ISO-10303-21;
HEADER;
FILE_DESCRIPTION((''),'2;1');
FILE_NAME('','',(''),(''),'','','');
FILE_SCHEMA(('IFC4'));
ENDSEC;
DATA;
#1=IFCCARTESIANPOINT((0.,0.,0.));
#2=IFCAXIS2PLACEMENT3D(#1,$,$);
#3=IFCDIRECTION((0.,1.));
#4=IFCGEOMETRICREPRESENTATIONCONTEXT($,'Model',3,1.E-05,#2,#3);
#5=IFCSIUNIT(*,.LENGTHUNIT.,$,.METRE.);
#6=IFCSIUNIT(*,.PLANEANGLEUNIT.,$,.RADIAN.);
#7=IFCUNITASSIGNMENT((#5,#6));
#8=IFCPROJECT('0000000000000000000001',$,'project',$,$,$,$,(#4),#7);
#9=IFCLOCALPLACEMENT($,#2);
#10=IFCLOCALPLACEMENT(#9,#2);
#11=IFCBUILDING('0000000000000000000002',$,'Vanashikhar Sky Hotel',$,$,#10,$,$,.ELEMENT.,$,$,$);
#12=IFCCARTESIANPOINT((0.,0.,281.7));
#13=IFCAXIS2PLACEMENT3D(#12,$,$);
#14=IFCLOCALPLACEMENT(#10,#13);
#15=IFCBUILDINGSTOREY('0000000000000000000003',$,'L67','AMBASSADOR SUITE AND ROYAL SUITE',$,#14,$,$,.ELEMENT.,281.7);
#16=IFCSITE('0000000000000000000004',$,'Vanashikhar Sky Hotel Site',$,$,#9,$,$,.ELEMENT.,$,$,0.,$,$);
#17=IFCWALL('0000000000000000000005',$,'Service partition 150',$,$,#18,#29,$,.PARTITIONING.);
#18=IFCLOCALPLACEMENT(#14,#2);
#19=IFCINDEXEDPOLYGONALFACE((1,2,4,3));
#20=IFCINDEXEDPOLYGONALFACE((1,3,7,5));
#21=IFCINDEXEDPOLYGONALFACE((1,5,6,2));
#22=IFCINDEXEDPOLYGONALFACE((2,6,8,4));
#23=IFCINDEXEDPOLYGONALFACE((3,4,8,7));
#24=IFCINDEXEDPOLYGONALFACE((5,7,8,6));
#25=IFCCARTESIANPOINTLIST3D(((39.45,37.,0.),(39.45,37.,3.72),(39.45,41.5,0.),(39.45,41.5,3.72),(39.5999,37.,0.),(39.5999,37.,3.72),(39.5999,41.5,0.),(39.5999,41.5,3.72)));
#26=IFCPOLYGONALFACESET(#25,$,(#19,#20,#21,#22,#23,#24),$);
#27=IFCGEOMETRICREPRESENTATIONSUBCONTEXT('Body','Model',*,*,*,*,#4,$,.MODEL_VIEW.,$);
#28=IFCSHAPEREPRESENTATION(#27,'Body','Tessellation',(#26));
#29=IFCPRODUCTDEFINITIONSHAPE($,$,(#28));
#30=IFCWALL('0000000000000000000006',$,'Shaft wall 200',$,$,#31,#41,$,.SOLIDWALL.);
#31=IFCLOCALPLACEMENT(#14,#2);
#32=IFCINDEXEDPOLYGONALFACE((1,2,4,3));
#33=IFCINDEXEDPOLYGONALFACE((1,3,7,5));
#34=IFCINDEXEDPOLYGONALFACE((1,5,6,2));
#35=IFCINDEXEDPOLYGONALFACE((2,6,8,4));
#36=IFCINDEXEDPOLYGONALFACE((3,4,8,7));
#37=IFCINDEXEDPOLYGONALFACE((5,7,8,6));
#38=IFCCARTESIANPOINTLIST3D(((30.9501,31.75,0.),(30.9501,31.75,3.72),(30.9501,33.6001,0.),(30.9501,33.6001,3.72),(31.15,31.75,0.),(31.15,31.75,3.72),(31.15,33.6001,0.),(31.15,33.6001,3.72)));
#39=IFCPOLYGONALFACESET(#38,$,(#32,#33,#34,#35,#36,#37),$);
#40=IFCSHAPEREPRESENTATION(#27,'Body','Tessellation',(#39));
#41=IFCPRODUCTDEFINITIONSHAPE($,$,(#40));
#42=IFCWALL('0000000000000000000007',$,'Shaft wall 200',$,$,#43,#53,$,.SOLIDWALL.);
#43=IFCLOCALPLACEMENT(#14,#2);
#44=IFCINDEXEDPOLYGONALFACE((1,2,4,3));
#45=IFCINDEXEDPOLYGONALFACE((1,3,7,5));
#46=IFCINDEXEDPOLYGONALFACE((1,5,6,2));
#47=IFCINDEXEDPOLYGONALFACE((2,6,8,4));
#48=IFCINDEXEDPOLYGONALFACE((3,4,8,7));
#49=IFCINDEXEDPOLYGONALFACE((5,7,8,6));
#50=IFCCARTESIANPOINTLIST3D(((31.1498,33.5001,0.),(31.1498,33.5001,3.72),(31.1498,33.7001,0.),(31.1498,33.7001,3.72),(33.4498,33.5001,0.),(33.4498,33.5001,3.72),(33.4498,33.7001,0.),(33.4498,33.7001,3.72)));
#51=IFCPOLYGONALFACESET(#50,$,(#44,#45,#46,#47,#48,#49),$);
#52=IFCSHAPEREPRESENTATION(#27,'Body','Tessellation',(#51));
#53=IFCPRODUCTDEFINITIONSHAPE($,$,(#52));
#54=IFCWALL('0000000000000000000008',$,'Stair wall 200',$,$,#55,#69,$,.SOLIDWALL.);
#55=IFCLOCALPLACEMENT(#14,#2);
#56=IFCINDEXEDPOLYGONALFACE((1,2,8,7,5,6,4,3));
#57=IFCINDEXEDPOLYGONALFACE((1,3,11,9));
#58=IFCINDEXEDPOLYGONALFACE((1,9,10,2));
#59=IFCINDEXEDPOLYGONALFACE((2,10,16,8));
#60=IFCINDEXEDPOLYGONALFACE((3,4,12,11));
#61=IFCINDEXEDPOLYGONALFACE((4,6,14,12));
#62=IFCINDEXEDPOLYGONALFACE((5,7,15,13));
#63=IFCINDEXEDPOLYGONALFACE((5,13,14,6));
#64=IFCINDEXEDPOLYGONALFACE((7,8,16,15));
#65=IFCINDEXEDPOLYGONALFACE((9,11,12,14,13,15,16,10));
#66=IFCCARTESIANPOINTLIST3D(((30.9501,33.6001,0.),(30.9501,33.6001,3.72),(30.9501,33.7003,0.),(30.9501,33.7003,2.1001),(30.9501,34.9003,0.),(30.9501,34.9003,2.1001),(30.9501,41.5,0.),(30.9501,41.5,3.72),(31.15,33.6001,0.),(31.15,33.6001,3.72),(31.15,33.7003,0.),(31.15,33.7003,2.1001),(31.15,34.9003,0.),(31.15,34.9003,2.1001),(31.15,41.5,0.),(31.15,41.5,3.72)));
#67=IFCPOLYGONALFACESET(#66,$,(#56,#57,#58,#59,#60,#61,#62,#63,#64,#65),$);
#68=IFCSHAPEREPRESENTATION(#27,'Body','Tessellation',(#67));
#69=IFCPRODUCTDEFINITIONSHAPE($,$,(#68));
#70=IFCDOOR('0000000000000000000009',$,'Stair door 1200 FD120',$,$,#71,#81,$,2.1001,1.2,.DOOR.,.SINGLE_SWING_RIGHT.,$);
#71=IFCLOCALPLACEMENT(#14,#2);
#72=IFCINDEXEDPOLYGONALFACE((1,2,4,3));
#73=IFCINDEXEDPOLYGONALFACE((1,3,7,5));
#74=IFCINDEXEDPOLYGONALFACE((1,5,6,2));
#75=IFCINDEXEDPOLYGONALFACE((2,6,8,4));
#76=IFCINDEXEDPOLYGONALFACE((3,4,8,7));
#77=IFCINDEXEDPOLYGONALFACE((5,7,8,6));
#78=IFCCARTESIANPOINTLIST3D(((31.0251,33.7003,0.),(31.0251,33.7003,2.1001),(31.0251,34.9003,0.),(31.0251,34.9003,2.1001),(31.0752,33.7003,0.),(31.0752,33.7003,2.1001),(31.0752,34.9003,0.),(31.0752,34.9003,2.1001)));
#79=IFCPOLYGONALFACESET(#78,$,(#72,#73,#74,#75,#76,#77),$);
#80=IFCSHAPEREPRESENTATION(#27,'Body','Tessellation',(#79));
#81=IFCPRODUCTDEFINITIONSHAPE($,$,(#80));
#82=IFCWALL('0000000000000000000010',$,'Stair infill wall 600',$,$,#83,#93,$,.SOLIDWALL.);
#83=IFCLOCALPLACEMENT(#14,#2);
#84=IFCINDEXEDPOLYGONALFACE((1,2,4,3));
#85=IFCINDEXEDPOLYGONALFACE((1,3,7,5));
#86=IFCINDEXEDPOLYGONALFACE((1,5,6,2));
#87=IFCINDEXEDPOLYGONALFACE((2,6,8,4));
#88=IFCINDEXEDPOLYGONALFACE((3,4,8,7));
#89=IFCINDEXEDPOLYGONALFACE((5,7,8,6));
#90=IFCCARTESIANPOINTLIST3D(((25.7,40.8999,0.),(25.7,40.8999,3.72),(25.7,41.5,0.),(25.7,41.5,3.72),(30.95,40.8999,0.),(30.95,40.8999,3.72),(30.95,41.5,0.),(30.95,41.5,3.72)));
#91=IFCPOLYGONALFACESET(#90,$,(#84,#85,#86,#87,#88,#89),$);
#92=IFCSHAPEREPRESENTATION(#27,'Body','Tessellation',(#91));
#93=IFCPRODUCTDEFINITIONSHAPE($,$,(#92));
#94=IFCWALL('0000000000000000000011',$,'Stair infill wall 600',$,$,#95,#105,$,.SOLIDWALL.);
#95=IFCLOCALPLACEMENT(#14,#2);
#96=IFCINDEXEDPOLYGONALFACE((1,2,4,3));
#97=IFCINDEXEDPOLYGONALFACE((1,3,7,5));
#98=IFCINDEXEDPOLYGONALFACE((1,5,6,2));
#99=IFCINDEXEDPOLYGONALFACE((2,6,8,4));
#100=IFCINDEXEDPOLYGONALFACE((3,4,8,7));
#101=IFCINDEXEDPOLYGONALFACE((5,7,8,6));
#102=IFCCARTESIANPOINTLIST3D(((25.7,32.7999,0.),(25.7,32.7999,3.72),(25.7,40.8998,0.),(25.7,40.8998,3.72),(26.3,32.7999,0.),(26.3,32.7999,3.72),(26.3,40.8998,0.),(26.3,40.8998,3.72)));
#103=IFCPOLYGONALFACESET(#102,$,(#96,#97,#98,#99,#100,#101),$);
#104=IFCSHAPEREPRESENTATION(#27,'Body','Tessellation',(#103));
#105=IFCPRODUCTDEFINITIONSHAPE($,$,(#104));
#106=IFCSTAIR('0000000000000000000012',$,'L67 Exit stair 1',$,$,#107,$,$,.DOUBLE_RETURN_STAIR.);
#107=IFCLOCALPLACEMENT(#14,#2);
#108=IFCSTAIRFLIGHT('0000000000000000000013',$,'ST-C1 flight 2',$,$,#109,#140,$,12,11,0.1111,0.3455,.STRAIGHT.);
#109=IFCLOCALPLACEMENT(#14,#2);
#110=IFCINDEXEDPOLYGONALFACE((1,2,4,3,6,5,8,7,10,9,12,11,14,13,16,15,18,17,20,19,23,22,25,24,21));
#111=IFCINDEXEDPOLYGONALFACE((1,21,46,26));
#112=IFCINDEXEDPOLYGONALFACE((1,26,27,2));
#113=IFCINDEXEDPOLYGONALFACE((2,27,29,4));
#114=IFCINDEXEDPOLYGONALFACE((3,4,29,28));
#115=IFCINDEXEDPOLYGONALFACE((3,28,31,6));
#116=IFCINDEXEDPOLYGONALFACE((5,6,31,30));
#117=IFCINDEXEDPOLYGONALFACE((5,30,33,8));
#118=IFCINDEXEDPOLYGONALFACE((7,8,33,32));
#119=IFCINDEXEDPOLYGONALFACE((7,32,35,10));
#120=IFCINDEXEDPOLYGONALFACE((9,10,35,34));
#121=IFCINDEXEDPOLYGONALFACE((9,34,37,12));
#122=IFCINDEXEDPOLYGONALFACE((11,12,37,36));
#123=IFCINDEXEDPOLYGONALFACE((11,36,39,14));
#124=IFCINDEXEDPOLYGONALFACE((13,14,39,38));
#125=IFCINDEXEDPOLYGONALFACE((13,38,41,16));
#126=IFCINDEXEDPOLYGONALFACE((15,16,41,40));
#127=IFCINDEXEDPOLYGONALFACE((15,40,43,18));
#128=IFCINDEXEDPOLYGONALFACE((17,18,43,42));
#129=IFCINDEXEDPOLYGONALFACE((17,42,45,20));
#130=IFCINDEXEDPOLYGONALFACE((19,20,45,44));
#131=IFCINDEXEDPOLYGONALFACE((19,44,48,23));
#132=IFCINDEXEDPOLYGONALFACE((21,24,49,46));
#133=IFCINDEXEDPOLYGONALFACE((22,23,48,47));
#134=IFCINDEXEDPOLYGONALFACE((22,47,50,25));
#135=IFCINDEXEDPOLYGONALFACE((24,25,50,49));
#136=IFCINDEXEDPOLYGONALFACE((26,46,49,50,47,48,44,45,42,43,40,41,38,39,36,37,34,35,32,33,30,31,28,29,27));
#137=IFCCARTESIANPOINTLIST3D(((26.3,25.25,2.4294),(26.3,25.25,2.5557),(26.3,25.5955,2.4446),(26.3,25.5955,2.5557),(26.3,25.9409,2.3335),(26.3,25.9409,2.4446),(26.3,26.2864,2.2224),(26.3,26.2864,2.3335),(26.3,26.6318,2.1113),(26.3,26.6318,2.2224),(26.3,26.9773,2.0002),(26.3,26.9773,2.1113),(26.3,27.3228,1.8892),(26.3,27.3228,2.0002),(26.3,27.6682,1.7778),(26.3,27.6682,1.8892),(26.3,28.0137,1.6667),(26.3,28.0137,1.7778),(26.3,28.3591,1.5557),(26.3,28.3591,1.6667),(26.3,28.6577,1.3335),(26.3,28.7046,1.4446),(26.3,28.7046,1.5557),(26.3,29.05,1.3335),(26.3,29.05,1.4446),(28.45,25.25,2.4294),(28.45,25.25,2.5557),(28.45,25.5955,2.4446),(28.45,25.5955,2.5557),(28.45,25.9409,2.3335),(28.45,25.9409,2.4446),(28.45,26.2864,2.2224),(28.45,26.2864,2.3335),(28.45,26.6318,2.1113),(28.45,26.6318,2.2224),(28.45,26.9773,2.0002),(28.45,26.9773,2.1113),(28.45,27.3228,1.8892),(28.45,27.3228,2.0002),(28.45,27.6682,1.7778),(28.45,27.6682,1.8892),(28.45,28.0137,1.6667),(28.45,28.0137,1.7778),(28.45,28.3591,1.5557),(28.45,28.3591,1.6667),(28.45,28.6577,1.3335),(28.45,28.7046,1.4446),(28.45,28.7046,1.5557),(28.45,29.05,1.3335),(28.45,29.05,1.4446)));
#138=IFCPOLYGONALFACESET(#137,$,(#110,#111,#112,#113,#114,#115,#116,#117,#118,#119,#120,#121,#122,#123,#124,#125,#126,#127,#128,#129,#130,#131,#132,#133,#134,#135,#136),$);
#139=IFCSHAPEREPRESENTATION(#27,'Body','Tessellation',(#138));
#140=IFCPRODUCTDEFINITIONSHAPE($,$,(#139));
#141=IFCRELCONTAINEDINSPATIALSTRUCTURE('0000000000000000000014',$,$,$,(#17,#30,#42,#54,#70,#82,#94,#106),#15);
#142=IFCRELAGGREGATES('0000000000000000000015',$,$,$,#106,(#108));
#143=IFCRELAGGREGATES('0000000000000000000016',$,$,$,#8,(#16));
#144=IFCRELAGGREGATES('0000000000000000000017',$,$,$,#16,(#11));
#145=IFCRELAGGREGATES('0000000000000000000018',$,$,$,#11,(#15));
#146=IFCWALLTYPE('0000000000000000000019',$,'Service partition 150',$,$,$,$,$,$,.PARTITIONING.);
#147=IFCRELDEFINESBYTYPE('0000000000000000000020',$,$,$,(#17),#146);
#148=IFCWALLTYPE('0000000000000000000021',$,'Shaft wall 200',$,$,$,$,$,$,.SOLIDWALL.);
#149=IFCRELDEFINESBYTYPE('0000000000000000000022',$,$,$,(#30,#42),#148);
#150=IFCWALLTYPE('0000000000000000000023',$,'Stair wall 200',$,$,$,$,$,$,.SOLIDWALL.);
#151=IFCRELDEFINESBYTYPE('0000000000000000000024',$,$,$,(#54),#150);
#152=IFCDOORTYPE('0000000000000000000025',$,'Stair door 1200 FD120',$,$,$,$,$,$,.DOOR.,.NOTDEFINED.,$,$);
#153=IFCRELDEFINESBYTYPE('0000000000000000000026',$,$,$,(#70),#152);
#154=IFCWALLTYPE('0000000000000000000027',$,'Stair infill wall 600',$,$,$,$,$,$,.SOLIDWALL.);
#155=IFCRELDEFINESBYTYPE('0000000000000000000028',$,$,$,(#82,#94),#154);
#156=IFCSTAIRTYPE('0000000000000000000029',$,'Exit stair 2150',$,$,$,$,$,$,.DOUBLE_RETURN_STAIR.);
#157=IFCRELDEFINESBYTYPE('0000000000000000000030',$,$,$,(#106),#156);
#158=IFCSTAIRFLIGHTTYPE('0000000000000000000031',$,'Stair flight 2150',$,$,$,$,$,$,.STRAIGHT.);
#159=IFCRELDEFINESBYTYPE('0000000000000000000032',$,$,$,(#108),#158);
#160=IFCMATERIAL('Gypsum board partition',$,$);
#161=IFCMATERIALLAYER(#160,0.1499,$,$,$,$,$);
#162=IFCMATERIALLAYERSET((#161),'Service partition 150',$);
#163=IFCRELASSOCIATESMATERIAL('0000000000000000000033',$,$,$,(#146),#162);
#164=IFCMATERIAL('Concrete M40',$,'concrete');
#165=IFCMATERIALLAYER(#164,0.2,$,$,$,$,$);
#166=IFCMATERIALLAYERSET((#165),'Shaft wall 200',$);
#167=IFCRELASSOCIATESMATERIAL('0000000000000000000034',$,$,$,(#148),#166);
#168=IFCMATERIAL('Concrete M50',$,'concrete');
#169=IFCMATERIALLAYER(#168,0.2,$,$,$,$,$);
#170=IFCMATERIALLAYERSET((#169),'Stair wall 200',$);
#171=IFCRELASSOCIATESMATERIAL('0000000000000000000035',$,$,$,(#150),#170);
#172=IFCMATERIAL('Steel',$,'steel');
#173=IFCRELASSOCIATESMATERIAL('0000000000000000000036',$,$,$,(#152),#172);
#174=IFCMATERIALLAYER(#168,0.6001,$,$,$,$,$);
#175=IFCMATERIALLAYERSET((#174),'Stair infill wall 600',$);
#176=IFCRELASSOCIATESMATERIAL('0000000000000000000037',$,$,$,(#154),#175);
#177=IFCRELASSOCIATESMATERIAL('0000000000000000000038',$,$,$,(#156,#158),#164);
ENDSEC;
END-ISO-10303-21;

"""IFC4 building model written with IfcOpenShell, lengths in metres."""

from ifc_helpers import new_model, si_unit, direction, frame, frame_2d, origin, place, context, subcontext, project, spatial, polyline, rectangle, outline, extrude, source, transform, mapped, material, layer, layer_set, type_object, element, fill, aggregate, save


model = new_model("IFC4")

# Units and contexts
model_context = context("Model", 3, precision=1e-05, world=origin(), true_north=direction((0.0, 1.0)))
body_context = subcontext(model_context, "Body", "Model", "MODEL_VIEW")
ifc_project = project(units=[si_unit("LENGTHUNIT", "METRE"), si_unit("PLANEANGLEUNIT", "RADIAN")], contexts=[model_context])

# Site, building, storey
site_placement = place(None, origin())
site = spatial("IfcSite", under=ifc_project, at=site_placement, Name="Vanashikhar Sky Hotel Site", CompositionType="ELEMENT", RefElevation=0.0)
building_placement = place(site_placement, origin())
building = spatial("IfcBuilding", under=site, at=building_placement, Name="Vanashikhar Sky Hotel", CompositionType="ELEMENT")
storey_placement = place(building_placement, frame((0.0, 0.0, 281.7)))
storey = spatial("IfcBuildingStorey", under=building, at=storey_placement, Name="L67", Description="AMBASSADOR SUITE AND ROYAL SUITE", CompositionType="ELEMENT", Elevation=281.7)

# Shared definitions
ifc_material_1 = material(Name="Concrete M50", Category="concrete")
ifc_material_2 = material(Name="Steel", Category="steel")
ifc_material_3 = material(Name="Gypsum board partition")
ifc_layer_1 = layer(ifc_material_3, 0.1499)
ifc_layer_set_1 = layer_set([ifc_layer_1], Name="Service partition 150")
wall_type_1 = type_object("IfcWallType", Name="Service partition 150", PredefinedType="PARTITIONING", material=ifc_layer_set_1)

# Walls
shared_shape_1 = source(origin(), body_context, "Body", "SweptSolid", [
    extrude(rectangle(XDim=4.5, YDim=0.1499, at=frame_2d((2.25, 0.0))), origin(), (0.0, 0.0, 1.0), 3.72),
])
for number, where, z_axis, x_axis, name in (
    (1, (39.5249, 37.0, 0.0), (0.0, 0.0, 1.0), (0.0, 1.0, 0.0), "Service partition 150"),
):
    element("IfcWall", number, at=place(storey_placement, frame(where, z_axis=z_axis, x_axis=x_axis)), inside=storey, type_object=wall_type_1, Name=name, PredefinedType="PARTITIONING", context=body_context, shape_type="MappedRepresentation", body=[
        mapped(shared_shape_1, transform((0.0, 0.0, 0.0), scale=1.0)),
    ])
ifc_material_4 = material(Name="Concrete M40", Category="concrete")
ifc_layer_2 = layer(ifc_material_4, 0.2)
ifc_layer_set_2 = layer_set([ifc_layer_2], Name="Shaft wall 200")
wall_type_2 = type_object("IfcWallType", Name="Shaft wall 200", PredefinedType="SOLIDWALL", material=ifc_layer_set_2)
shared_shape_2 = source(origin(), body_context, "Body", "SweptSolid", [
    extrude(rectangle(XDim=1.8501, YDim=0.2, at=frame_2d((0.925, 0.0))), origin(), (0.0, 0.0, 1.0), 3.72),
])
wall_1_placement = place(storey_placement, frame((31.05, 31.75, 0.0), z_axis=(0.0, 0.0, 1.0), x_axis=(0.0, 1.0, 0.0)))
element("IfcWall", 2, at=wall_1_placement, inside=storey, type_object=wall_type_2, Name="Shaft wall 200", PredefinedType="SOLIDWALL", context=body_context, shape_type="MappedRepresentation", body=[
    mapped(shared_shape_2, transform((0.0, 0.0, 0.0), scale=1.0)),
])
shared_shape_3 = source(origin(), body_context, "Body", "SweptSolid", [
    extrude(rectangle(XDim=2.3, YDim=0.2, at=frame_2d((1.1499, 0.0))), origin(), (0.0, 0.0, 1.0), 3.72),
])
wall_2_placement = place(storey_placement, frame((31.1499, 33.6001, 0.0), z_axis=(0.0, 0.0, 1.0), x_axis=(1.0, 0.0, 0.0)))
element("IfcWall", 3, at=wall_2_placement, inside=storey, type_object=wall_type_2, Name="Shaft wall 200", PredefinedType="SOLIDWALL", context=body_context, shape_type="MappedRepresentation", body=[
    mapped(shared_shape_3, transform((0.0, 0.0, 0.0), scale=1.0)),
])

# Wall, opening, door
ifc_layer_3 = layer(ifc_material_1, 0.2)
ifc_layer_set_3 = layer_set([ifc_layer_3], Name="Stair wall 200")
wall_type_3 = type_object("IfcWallType", Name="Stair wall 200", PredefinedType="SOLIDWALL", material=ifc_layer_set_3)
shared_shape_4 = source(origin(), body_context, "Body", "SweptSolid", [
    extrude(rectangle(XDim=7.8999, YDim=0.2, at=frame_2d((3.95, 0.0))), origin(), (0.0, 0.0, 1.0), 3.72),
])
wall_3_placement = place(storey_placement, frame((31.05, 33.6001, 0.0), z_axis=(0.0, 0.0, 1.0), x_axis=(0.0, 1.0, 0.0)))
wall_3 = element("IfcWall", 4, at=wall_3_placement, inside=storey, type_object=wall_type_3, Name="Stair wall 200", PredefinedType="SOLIDWALL", context=body_context, shape_type="MappedRepresentation", body=[
    mapped(shared_shape_4, transform((0.0, 0.0, 0.0), scale=1.0)),
])
shared_shape_5 = source(origin(), body_context, "Body", "SweptSolid", [
    extrude(rectangle(XDim=1.2, YDim=2.1001, at=frame_2d((0.6001, 1.05))), frame((0.0, 0.1099, 0.0), z_axis=(0.0, -1.0, 0.0), x_axis=(1.0, 0.0, 0.0)), (0.0, 0.0, 1.0), 0.22),
])
opening_1_placement = place(wall_3_placement, frame((0.1001, 0.0, 0.0)))
opening_1 = element("IfcOpeningElement", 5, at=opening_1_placement, cuts=wall_3, PredefinedType="OPENING", context=body_context, shape_type="MappedRepresentation", body=[
    mapped(shared_shape_5, transform((0.0, 0.0, 0.0), scale=1.0)),
])
door_type_1 = type_object("IfcDoorType", Name="Stair door 1200 FD120", OperationType="NOTDEFINED", PredefinedType="DOOR", material=ifc_material_2)
shared_shape_6 = source(origin(), body_context, "Body", "SweptSolid", [
    extrude(rectangle(XDim=1.2, YDim=2.1001, at=frame_2d((0.6001, 1.05))), frame((0.0, 0.0249, 0.0), z_axis=(0.0, -1.0, 0.0), x_axis=(1.0, 0.0, 0.0)), (0.0, 0.0, 1.0), 0.05),
])
door_1_placement = place(opening_1_placement, origin())
door_1 = element("IfcDoor", 6, at=door_1_placement, inside=storey, type_object=door_type_1, Name="Stair door 1200 FD120", OperationType="SINGLE_SWING_RIGHT", OverallHeight=2.1001, OverallWidth=1.2, PredefinedType="DOOR", context=body_context, shape_type="MappedRepresentation", body=[
    mapped(shared_shape_6, transform((0.0, 0.0, 0.0), scale=1.0)),
])
fill(opening_1, door_1)

# Walls
ifc_layer_4 = layer(ifc_material_1, 0.6001)
ifc_layer_set_4 = layer_set([ifc_layer_4], Name="Stair infill wall 600")
wall_type_4 = type_object("IfcWallType", Name="Stair infill wall 600", PredefinedType="SOLIDWALL", material=ifc_layer_set_4)
shared_shape_7 = source(origin(), body_context, "Body", "SweptSolid", [
    extrude(rectangle(XDim=5.25, YDim=0.6001, at=frame_2d((2.625, 0.0))), origin(), (0.0, 0.0, 1.0), 3.72),
])
wall_4_placement = place(storey_placement, frame((25.7, 41.2, 0.0), z_axis=(0.0, 0.0, 1.0), x_axis=(1.0, 0.0, 0.0)))
element("IfcWall", 7, at=wall_4_placement, inside=storey, type_object=wall_type_4, Name="Stair infill wall 600", PredefinedType="SOLIDWALL", context=body_context, shape_type="MappedRepresentation", body=[
    mapped(shared_shape_7, transform((0.0, 0.0, 0.0), scale=1.0)),
])
shared_shape_8 = source(origin(), body_context, "Body", "SweptSolid", [
    extrude(rectangle(XDim=8.0999, YDim=0.6001, at=frame_2d((4.0498, 0.0))), origin(), (0.0, 0.0, 1.0), 3.72),
])
wall_5_placement = place(storey_placement, frame((26.0, 32.8, 0.0), z_axis=(0.0, 0.0, 1.0), x_axis=(0.0, 1.0, 0.0)))
element("IfcWall", 8, at=wall_5_placement, inside=storey, type_object=wall_type_4, Name="Stair infill wall 600", PredefinedType="SOLIDWALL", context=body_context, shape_type="MappedRepresentation", body=[
    mapped(shared_shape_8, transform((0.0, 0.0, 0.0), scale=1.0)),
])

# Stair, stair flight
stair_type = type_object("IfcStairType", Name="Exit stair 2150", PredefinedType="DOUBLE_RETURN_STAIR", material=ifc_material_4)
stair_1_placement = place(storey_placement, origin())
stair_1 = element("IfcStair", 9, at=stair_1_placement, inside=storey, type_object=stair_type, Name="L67 Exit stair 1", PredefinedType="DOUBLE_RETURN_STAIR")
stair_flight_type = type_object("IfcStairFlightType", Name="Stair flight 2150", PredefinedType="STRAIGHT", material=ifc_material_4)
shared_shape_9 = source(origin(), body_context, "Body", "SweptSolid", [
    extrude(outline(polyline([(0.0, 0.0), (0.0, 0.1111), (0.3455, 0.1111), (0.3455, 0.2222), (0.6909, 0.2222), (0.6909, 0.3333), (1.0364, 0.3333), (1.0364, 0.4443), (1.3818, 0.4443), (1.3818, 0.5557), (1.7273, 0.5557), (1.7273, 0.6667), (2.0728, 0.6667), (2.0728, 0.7778), (2.4182, 0.7778), (2.4182, 0.8889), (2.7637, 0.8889), (2.7637, 1.0), (3.1091, 1.0), (3.1091, 1.1111), (3.4546, 1.1111), (3.4546, 1.2222), (3.8, 1.2222), (3.8, 1.3333), (3.8, 1.0959), (0.3923, 0.0), (0.0, 0.0)])), frame((0.0, 1.075, 0.0), z_axis=(0.0, -1.0, 0.0), x_axis=(1.0, 0.0, 0.0)), (0.0, 0.0, 1.0), 2.1499),
])
stair_flight_1_placement = place(storey_placement, frame((27.375, 29.05, 1.3335), z_axis=(0.0, 0.0, 1.0), x_axis=(0.0, -1.0, 0.0)))
stair_flight_1 = element("IfcStairFlight", 10, at=stair_flight_1_placement, type_object=stair_flight_type, Name="ST-C1 flight 2", NumberOfRisers=12, NumberOfTreads=11, PredefinedType="STRAIGHT", RiserHeight=0.1111, TreadLength=0.3455, context=body_context, shape_type="MappedRepresentation", body=[
    mapped(shared_shape_9, transform((0.0, 0.0, 0.0), scale=1.0)),
])
aggregate(stair_1, [stair_flight_1])

save(model, "model.ifc")
